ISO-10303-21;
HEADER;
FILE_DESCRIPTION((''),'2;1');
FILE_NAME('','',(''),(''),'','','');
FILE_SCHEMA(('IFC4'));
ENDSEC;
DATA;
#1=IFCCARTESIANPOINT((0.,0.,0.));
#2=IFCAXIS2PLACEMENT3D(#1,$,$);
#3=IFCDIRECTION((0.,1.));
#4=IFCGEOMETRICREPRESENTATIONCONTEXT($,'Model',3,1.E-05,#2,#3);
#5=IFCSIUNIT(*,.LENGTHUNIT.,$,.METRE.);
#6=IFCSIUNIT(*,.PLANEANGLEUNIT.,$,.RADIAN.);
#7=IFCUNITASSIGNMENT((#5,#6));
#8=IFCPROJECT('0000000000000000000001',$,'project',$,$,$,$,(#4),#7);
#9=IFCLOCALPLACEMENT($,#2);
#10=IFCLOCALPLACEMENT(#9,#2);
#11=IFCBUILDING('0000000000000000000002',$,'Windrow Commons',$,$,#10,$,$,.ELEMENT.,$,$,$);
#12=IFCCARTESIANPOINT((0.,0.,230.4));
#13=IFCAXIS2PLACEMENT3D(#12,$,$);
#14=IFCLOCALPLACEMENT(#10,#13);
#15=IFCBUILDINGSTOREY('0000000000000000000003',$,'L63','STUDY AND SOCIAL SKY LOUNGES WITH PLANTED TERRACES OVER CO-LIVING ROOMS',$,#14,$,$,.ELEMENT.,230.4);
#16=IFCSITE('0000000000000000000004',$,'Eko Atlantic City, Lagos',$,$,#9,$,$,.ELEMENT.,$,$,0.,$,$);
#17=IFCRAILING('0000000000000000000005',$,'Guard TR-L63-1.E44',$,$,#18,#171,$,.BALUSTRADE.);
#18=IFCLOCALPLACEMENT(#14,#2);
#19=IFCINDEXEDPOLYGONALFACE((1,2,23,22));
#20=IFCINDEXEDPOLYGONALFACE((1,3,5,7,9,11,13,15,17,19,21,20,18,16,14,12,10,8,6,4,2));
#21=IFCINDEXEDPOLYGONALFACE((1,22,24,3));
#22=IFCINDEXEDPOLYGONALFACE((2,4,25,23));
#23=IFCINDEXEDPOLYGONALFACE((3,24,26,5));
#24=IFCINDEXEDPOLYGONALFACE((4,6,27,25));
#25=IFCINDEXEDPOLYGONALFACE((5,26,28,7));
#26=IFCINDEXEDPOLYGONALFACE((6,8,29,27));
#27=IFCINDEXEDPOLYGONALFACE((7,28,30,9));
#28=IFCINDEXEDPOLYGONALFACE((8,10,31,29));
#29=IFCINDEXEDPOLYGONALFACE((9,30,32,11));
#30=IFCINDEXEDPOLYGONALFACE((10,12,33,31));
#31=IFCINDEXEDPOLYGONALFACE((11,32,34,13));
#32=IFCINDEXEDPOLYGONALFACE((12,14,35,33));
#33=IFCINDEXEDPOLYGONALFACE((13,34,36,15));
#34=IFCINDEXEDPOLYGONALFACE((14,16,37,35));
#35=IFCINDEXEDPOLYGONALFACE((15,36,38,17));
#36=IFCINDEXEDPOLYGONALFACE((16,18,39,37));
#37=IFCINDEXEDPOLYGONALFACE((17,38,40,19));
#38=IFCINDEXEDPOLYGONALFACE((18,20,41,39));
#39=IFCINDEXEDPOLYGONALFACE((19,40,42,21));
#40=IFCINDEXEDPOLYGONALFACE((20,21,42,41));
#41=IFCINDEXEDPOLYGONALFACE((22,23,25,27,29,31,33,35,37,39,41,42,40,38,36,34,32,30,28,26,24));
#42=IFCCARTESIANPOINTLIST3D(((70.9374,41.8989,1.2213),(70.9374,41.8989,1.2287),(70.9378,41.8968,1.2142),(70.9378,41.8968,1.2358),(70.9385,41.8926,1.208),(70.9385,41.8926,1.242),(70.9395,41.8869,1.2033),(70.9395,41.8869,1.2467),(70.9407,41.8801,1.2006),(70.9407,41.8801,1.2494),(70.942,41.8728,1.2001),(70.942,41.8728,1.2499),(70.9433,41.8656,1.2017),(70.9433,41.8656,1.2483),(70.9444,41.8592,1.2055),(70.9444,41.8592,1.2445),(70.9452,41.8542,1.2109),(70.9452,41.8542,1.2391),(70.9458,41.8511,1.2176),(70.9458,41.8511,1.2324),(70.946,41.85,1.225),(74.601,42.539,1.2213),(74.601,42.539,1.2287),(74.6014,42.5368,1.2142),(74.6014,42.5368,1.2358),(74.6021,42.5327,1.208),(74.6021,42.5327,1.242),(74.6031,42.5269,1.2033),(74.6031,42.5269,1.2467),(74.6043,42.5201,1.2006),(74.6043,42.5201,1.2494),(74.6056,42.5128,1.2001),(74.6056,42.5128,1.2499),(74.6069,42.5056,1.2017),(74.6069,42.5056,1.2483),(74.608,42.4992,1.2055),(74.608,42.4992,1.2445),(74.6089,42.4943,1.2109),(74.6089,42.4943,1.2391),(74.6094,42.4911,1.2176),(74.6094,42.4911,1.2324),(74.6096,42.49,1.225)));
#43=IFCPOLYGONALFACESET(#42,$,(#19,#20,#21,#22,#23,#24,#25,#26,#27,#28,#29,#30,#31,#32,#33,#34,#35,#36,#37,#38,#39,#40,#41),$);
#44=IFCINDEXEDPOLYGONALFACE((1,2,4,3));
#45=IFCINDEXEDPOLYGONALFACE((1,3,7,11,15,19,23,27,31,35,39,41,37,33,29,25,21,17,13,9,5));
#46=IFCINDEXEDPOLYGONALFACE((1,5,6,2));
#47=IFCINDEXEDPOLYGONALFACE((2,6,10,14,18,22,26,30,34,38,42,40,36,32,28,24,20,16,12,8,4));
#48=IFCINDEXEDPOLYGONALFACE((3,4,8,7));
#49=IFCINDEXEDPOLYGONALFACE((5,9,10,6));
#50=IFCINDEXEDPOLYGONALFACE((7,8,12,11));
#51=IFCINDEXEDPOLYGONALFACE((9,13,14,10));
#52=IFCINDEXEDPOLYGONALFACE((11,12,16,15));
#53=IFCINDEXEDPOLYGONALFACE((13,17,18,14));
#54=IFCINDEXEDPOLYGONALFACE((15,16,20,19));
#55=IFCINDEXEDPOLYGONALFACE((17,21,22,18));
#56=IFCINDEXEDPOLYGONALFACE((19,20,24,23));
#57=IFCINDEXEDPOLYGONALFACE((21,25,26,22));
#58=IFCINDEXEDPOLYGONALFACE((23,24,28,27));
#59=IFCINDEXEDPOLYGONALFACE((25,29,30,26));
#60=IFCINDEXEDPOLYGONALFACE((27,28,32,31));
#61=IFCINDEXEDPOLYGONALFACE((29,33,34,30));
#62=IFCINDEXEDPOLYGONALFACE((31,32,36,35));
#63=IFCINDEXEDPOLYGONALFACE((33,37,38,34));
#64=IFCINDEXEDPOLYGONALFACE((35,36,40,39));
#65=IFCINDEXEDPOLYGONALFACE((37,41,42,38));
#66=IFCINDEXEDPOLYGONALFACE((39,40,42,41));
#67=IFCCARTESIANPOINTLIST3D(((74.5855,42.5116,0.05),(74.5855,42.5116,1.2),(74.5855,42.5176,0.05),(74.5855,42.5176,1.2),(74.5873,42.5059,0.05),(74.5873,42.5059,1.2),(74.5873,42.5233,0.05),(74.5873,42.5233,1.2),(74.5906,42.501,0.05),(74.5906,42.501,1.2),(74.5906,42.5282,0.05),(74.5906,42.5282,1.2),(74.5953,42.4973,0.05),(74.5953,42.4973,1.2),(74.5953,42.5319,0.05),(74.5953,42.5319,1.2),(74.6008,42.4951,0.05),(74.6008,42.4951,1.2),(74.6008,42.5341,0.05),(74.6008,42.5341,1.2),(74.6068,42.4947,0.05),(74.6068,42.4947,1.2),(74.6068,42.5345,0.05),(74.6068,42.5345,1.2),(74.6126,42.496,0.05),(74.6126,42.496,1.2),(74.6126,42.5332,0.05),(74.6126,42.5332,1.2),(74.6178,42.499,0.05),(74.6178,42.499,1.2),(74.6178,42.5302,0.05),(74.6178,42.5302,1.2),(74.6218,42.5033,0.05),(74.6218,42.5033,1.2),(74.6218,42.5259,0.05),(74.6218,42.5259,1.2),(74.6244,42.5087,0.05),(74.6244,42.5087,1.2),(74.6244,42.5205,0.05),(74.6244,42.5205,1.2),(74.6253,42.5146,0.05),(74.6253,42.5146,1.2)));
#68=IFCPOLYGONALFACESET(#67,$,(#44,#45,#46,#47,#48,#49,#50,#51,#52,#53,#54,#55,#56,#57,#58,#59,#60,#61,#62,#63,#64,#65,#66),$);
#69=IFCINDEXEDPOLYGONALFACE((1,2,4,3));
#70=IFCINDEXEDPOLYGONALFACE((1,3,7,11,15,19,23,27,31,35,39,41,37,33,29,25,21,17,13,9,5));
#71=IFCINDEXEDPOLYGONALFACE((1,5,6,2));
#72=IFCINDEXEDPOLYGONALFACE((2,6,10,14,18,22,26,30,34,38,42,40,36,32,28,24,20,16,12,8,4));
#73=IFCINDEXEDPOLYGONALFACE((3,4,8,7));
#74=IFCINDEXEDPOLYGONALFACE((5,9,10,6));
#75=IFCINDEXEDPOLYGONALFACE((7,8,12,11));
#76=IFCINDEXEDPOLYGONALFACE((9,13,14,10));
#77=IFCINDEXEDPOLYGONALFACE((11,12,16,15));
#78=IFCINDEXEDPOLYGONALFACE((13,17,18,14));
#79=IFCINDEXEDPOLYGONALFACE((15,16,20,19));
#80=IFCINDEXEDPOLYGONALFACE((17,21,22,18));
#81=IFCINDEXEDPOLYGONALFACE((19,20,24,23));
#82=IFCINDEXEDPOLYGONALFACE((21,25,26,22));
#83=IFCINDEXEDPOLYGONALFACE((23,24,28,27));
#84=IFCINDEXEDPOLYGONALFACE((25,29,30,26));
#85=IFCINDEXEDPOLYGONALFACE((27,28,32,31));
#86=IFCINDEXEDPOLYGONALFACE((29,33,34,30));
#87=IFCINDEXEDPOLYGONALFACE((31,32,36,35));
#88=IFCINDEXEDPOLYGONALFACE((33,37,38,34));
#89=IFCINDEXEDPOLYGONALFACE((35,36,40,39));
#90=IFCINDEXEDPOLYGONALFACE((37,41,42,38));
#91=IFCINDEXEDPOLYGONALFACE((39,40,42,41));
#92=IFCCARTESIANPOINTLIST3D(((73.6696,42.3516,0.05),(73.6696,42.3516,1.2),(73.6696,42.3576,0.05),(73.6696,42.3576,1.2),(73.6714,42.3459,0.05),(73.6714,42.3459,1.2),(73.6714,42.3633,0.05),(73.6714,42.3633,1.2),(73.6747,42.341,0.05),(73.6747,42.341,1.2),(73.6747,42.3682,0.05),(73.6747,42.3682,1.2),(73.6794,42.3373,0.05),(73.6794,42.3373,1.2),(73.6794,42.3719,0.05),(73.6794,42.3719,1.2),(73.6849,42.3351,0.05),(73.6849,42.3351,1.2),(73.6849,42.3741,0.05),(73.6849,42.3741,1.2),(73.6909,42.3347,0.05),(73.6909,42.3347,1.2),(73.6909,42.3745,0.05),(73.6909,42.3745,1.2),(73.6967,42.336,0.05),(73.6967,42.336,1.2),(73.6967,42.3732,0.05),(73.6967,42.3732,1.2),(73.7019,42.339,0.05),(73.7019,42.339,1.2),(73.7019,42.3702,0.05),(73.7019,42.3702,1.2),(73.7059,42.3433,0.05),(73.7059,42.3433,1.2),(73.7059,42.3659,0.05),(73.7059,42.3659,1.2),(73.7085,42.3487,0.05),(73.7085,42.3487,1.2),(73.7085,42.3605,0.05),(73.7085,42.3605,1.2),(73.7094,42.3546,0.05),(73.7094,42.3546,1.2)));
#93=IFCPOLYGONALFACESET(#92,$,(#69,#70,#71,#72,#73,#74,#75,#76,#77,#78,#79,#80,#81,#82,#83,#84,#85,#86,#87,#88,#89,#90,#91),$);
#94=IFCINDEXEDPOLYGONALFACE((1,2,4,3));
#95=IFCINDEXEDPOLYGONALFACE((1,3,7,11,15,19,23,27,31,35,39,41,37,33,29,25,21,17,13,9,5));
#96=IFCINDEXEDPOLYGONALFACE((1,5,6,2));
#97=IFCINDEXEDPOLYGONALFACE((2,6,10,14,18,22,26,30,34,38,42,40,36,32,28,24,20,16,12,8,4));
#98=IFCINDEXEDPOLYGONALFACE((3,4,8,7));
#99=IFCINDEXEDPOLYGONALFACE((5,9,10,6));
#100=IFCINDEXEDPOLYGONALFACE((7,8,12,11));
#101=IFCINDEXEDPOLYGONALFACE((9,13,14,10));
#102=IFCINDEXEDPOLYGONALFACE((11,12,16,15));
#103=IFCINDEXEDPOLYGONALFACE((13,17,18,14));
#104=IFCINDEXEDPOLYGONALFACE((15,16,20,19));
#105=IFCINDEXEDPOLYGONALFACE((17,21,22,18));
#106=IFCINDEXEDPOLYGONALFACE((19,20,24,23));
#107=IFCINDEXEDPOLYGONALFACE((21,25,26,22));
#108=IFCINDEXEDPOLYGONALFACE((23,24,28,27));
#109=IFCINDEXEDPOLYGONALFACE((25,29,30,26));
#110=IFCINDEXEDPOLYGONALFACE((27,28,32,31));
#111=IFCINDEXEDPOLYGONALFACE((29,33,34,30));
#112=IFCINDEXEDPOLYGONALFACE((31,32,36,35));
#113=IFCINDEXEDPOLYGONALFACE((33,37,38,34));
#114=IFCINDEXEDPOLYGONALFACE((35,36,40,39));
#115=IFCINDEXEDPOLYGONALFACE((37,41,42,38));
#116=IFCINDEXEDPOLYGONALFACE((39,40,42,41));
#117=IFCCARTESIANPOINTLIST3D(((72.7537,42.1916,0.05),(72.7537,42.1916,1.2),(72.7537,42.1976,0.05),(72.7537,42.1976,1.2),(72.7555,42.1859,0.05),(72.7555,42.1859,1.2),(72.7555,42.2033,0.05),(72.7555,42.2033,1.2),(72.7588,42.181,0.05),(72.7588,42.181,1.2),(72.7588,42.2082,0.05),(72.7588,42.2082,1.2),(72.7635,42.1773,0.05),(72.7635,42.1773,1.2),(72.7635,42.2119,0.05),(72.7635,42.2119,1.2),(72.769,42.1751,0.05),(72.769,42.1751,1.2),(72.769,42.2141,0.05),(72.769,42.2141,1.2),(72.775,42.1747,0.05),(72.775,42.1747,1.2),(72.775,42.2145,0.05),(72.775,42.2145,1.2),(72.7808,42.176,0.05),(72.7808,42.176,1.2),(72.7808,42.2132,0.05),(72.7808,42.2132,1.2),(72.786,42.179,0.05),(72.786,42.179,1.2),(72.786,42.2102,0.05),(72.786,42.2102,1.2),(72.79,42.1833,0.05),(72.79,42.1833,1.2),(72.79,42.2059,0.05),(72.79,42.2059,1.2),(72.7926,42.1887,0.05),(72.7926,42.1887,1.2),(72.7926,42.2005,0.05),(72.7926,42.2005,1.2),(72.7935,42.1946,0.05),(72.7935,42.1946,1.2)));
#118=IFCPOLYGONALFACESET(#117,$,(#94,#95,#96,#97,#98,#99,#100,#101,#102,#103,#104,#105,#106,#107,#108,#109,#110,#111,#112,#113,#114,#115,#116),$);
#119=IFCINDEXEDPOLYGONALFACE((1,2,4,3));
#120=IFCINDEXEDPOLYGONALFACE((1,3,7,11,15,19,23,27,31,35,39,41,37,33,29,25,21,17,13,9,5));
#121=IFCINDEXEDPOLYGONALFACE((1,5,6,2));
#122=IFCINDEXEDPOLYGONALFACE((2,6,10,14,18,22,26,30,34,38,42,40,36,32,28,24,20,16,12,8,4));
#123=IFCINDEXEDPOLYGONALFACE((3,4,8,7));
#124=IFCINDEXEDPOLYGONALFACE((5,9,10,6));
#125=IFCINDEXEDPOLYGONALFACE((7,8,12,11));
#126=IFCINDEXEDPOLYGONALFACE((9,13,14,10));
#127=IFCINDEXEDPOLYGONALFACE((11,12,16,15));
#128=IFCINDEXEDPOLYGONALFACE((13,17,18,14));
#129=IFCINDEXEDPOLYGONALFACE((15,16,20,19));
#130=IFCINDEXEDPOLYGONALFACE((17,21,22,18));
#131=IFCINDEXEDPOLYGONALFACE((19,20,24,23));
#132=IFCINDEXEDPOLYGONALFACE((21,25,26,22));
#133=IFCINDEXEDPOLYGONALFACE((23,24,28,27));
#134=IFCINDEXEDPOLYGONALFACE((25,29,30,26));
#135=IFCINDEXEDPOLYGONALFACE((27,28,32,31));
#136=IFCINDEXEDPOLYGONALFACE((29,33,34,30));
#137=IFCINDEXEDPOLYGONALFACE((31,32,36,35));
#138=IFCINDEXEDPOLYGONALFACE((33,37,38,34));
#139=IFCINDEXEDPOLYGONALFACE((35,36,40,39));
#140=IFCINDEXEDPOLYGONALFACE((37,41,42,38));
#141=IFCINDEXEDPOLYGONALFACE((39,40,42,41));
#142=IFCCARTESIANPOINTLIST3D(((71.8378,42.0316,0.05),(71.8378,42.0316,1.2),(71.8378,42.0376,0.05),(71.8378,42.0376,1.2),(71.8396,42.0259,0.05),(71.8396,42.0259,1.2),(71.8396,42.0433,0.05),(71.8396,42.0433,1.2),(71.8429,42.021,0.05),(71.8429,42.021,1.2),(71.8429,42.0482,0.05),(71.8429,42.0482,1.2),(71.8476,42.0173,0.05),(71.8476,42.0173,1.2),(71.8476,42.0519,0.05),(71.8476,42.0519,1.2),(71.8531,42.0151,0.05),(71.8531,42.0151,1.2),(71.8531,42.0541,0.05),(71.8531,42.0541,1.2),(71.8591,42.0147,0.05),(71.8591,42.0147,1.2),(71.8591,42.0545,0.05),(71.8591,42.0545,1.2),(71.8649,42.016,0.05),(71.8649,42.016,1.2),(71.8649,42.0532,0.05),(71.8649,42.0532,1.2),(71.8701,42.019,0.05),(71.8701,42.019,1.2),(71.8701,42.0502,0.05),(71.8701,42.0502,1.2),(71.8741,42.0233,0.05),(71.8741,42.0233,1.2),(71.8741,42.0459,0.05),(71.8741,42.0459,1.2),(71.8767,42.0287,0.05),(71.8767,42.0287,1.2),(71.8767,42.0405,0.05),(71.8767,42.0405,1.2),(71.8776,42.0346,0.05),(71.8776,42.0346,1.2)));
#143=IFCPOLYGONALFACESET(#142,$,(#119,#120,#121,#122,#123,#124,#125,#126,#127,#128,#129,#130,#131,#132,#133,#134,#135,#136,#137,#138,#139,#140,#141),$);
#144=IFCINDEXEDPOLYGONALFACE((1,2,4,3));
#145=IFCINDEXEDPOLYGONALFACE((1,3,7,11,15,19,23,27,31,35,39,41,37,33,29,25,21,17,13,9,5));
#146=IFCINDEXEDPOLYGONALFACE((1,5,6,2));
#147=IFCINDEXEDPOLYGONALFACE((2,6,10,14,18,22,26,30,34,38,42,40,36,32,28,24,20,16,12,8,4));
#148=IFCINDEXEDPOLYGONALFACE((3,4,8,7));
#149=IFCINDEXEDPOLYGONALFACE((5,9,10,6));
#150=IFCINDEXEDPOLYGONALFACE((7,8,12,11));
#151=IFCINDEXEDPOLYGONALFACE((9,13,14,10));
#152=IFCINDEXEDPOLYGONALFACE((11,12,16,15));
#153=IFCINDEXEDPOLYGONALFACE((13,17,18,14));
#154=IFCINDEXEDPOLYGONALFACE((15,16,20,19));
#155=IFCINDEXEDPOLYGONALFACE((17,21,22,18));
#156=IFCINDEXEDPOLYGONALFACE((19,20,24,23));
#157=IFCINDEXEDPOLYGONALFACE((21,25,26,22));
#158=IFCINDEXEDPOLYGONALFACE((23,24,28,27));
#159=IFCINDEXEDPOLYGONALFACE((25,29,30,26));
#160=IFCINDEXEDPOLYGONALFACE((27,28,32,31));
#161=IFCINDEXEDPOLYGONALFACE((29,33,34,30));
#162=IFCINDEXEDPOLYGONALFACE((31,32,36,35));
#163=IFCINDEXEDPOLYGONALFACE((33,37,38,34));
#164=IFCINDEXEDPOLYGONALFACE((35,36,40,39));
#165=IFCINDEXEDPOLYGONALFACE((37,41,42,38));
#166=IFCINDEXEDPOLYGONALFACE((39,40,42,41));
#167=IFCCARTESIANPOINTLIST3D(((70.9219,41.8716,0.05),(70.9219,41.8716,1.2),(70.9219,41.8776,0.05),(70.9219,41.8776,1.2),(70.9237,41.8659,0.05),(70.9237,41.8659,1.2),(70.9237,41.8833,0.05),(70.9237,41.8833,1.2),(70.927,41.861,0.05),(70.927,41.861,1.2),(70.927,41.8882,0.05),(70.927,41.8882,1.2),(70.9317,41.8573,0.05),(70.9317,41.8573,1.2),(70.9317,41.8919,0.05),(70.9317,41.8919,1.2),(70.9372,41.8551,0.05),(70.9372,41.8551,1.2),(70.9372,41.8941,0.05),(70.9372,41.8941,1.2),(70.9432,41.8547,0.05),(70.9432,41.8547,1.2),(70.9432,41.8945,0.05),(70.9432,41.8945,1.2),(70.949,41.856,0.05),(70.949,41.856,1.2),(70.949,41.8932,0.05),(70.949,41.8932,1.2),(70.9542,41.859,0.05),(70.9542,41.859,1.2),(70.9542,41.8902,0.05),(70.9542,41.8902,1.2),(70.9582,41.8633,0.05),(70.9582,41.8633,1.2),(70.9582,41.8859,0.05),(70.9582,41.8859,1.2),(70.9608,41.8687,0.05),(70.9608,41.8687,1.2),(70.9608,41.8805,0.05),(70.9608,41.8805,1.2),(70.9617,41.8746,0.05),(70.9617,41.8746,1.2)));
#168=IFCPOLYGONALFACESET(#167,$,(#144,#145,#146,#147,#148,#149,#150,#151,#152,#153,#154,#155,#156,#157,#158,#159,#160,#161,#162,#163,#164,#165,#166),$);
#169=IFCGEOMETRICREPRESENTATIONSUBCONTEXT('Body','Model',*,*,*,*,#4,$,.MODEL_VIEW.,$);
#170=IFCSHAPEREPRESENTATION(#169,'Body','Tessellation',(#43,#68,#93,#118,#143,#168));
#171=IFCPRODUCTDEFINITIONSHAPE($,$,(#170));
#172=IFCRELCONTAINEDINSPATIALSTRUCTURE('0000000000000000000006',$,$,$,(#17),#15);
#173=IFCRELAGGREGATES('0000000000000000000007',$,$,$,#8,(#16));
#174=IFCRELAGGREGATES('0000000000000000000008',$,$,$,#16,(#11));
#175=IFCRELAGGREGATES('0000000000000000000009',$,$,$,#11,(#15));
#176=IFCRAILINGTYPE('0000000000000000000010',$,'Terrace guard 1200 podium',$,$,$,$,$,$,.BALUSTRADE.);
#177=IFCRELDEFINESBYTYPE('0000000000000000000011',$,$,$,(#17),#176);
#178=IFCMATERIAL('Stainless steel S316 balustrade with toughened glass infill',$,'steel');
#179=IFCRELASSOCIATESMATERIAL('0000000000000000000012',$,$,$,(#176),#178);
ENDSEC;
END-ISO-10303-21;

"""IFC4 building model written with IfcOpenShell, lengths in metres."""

from ifc_helpers import new_model, si_unit, direction, frame, origin, origin_2d, place, context, subcontext, project, spatial, circle, extrude, material, type_object, element, save


model = new_model("IFC4")

# Units and contexts
model_context = context("Model", 3, precision=1e-05, world=origin(), true_north=direction((0.0, 1.0)))
body_context = subcontext(model_context, "Body", "Model", "MODEL_VIEW")
ifc_project = project(units=[si_unit("LENGTHUNIT", "METRE"), si_unit("PLANEANGLEUNIT", "RADIAN")], contexts=[model_context])

# Site, building, storey
site_placement = place(None, origin())
site = spatial("IfcSite", under=ifc_project, at=site_placement, Name="Eko Atlantic City, Lagos", CompositionType="ELEMENT", RefElevation=0.0)
building_placement = place(site_placement, origin())
building = spatial("IfcBuilding", under=site, at=building_placement, Name="Windrow Commons", CompositionType="ELEMENT")
storey_placement = place(building_placement, frame((0.0, 0.0, 230.4)))
storey = spatial("IfcBuildingStorey", under=building, at=storey_placement, Name="L63", Description="STUDY AND SOCIAL SKY LOUNGES WITH PLANTED TERRACES OVER CO-LIVING ROOMS", CompositionType="ELEMENT", Elevation=230.4)

# Railing
ifc_material_1 = material(Name="Stainless steel S316 balustrade with toughened glass infill", Category="steel")
railing_type = type_object("IfcRailingType", Name="Terrace guard 1200 podium", PredefinedType="BALUSTRADE", material=ifc_material_1)
railing_1_placement = place(storey_placement, frame((74.6053, 42.5146, 0.05)))
element("IfcRailing", 1, at=railing_1_placement, inside=storey, type_object=railing_type, Name="Guard TR-L63-1.E44", PredefinedType="BALUSTRADE", context=body_context, shape_type="SweptSolid", body=[
    extrude(circle(Radius=0.025, at=origin_2d()), frame((0.0, 0.0, 1.175), z_axis=(-0.985082, -0.172086, 0.0), x_axis=(0.172086, -0.985082, 0.0)), (0.0, 0.0, 1.0), 3.7191),
    extrude(circle(Radius=0.02, at=origin_2d()), origin(), (0.0, 0.0, 1.0), 1.15),
    extrude(circle(Radius=0.02, at=origin_2d()), frame((-0.9159, -0.16, 0.0)), (0.0, 0.0, 1.0), 1.15),
    extrude(circle(Radius=0.02, at=origin_2d()), frame((-1.8318, -0.32, 0.0)), (0.0, 0.0, 1.0), 1.15),
    extrude(circle(Radius=0.02, at=origin_2d()), frame((-2.7477, -0.48, 0.0)), (0.0, 0.0, 1.0), 1.15),
    extrude(circle(Radius=0.02, at=origin_2d()), frame((-3.6636, -0.64, 0.0)), (0.0, 0.0, 1.0), 1.15),
])

save(model, "model.ifc")
